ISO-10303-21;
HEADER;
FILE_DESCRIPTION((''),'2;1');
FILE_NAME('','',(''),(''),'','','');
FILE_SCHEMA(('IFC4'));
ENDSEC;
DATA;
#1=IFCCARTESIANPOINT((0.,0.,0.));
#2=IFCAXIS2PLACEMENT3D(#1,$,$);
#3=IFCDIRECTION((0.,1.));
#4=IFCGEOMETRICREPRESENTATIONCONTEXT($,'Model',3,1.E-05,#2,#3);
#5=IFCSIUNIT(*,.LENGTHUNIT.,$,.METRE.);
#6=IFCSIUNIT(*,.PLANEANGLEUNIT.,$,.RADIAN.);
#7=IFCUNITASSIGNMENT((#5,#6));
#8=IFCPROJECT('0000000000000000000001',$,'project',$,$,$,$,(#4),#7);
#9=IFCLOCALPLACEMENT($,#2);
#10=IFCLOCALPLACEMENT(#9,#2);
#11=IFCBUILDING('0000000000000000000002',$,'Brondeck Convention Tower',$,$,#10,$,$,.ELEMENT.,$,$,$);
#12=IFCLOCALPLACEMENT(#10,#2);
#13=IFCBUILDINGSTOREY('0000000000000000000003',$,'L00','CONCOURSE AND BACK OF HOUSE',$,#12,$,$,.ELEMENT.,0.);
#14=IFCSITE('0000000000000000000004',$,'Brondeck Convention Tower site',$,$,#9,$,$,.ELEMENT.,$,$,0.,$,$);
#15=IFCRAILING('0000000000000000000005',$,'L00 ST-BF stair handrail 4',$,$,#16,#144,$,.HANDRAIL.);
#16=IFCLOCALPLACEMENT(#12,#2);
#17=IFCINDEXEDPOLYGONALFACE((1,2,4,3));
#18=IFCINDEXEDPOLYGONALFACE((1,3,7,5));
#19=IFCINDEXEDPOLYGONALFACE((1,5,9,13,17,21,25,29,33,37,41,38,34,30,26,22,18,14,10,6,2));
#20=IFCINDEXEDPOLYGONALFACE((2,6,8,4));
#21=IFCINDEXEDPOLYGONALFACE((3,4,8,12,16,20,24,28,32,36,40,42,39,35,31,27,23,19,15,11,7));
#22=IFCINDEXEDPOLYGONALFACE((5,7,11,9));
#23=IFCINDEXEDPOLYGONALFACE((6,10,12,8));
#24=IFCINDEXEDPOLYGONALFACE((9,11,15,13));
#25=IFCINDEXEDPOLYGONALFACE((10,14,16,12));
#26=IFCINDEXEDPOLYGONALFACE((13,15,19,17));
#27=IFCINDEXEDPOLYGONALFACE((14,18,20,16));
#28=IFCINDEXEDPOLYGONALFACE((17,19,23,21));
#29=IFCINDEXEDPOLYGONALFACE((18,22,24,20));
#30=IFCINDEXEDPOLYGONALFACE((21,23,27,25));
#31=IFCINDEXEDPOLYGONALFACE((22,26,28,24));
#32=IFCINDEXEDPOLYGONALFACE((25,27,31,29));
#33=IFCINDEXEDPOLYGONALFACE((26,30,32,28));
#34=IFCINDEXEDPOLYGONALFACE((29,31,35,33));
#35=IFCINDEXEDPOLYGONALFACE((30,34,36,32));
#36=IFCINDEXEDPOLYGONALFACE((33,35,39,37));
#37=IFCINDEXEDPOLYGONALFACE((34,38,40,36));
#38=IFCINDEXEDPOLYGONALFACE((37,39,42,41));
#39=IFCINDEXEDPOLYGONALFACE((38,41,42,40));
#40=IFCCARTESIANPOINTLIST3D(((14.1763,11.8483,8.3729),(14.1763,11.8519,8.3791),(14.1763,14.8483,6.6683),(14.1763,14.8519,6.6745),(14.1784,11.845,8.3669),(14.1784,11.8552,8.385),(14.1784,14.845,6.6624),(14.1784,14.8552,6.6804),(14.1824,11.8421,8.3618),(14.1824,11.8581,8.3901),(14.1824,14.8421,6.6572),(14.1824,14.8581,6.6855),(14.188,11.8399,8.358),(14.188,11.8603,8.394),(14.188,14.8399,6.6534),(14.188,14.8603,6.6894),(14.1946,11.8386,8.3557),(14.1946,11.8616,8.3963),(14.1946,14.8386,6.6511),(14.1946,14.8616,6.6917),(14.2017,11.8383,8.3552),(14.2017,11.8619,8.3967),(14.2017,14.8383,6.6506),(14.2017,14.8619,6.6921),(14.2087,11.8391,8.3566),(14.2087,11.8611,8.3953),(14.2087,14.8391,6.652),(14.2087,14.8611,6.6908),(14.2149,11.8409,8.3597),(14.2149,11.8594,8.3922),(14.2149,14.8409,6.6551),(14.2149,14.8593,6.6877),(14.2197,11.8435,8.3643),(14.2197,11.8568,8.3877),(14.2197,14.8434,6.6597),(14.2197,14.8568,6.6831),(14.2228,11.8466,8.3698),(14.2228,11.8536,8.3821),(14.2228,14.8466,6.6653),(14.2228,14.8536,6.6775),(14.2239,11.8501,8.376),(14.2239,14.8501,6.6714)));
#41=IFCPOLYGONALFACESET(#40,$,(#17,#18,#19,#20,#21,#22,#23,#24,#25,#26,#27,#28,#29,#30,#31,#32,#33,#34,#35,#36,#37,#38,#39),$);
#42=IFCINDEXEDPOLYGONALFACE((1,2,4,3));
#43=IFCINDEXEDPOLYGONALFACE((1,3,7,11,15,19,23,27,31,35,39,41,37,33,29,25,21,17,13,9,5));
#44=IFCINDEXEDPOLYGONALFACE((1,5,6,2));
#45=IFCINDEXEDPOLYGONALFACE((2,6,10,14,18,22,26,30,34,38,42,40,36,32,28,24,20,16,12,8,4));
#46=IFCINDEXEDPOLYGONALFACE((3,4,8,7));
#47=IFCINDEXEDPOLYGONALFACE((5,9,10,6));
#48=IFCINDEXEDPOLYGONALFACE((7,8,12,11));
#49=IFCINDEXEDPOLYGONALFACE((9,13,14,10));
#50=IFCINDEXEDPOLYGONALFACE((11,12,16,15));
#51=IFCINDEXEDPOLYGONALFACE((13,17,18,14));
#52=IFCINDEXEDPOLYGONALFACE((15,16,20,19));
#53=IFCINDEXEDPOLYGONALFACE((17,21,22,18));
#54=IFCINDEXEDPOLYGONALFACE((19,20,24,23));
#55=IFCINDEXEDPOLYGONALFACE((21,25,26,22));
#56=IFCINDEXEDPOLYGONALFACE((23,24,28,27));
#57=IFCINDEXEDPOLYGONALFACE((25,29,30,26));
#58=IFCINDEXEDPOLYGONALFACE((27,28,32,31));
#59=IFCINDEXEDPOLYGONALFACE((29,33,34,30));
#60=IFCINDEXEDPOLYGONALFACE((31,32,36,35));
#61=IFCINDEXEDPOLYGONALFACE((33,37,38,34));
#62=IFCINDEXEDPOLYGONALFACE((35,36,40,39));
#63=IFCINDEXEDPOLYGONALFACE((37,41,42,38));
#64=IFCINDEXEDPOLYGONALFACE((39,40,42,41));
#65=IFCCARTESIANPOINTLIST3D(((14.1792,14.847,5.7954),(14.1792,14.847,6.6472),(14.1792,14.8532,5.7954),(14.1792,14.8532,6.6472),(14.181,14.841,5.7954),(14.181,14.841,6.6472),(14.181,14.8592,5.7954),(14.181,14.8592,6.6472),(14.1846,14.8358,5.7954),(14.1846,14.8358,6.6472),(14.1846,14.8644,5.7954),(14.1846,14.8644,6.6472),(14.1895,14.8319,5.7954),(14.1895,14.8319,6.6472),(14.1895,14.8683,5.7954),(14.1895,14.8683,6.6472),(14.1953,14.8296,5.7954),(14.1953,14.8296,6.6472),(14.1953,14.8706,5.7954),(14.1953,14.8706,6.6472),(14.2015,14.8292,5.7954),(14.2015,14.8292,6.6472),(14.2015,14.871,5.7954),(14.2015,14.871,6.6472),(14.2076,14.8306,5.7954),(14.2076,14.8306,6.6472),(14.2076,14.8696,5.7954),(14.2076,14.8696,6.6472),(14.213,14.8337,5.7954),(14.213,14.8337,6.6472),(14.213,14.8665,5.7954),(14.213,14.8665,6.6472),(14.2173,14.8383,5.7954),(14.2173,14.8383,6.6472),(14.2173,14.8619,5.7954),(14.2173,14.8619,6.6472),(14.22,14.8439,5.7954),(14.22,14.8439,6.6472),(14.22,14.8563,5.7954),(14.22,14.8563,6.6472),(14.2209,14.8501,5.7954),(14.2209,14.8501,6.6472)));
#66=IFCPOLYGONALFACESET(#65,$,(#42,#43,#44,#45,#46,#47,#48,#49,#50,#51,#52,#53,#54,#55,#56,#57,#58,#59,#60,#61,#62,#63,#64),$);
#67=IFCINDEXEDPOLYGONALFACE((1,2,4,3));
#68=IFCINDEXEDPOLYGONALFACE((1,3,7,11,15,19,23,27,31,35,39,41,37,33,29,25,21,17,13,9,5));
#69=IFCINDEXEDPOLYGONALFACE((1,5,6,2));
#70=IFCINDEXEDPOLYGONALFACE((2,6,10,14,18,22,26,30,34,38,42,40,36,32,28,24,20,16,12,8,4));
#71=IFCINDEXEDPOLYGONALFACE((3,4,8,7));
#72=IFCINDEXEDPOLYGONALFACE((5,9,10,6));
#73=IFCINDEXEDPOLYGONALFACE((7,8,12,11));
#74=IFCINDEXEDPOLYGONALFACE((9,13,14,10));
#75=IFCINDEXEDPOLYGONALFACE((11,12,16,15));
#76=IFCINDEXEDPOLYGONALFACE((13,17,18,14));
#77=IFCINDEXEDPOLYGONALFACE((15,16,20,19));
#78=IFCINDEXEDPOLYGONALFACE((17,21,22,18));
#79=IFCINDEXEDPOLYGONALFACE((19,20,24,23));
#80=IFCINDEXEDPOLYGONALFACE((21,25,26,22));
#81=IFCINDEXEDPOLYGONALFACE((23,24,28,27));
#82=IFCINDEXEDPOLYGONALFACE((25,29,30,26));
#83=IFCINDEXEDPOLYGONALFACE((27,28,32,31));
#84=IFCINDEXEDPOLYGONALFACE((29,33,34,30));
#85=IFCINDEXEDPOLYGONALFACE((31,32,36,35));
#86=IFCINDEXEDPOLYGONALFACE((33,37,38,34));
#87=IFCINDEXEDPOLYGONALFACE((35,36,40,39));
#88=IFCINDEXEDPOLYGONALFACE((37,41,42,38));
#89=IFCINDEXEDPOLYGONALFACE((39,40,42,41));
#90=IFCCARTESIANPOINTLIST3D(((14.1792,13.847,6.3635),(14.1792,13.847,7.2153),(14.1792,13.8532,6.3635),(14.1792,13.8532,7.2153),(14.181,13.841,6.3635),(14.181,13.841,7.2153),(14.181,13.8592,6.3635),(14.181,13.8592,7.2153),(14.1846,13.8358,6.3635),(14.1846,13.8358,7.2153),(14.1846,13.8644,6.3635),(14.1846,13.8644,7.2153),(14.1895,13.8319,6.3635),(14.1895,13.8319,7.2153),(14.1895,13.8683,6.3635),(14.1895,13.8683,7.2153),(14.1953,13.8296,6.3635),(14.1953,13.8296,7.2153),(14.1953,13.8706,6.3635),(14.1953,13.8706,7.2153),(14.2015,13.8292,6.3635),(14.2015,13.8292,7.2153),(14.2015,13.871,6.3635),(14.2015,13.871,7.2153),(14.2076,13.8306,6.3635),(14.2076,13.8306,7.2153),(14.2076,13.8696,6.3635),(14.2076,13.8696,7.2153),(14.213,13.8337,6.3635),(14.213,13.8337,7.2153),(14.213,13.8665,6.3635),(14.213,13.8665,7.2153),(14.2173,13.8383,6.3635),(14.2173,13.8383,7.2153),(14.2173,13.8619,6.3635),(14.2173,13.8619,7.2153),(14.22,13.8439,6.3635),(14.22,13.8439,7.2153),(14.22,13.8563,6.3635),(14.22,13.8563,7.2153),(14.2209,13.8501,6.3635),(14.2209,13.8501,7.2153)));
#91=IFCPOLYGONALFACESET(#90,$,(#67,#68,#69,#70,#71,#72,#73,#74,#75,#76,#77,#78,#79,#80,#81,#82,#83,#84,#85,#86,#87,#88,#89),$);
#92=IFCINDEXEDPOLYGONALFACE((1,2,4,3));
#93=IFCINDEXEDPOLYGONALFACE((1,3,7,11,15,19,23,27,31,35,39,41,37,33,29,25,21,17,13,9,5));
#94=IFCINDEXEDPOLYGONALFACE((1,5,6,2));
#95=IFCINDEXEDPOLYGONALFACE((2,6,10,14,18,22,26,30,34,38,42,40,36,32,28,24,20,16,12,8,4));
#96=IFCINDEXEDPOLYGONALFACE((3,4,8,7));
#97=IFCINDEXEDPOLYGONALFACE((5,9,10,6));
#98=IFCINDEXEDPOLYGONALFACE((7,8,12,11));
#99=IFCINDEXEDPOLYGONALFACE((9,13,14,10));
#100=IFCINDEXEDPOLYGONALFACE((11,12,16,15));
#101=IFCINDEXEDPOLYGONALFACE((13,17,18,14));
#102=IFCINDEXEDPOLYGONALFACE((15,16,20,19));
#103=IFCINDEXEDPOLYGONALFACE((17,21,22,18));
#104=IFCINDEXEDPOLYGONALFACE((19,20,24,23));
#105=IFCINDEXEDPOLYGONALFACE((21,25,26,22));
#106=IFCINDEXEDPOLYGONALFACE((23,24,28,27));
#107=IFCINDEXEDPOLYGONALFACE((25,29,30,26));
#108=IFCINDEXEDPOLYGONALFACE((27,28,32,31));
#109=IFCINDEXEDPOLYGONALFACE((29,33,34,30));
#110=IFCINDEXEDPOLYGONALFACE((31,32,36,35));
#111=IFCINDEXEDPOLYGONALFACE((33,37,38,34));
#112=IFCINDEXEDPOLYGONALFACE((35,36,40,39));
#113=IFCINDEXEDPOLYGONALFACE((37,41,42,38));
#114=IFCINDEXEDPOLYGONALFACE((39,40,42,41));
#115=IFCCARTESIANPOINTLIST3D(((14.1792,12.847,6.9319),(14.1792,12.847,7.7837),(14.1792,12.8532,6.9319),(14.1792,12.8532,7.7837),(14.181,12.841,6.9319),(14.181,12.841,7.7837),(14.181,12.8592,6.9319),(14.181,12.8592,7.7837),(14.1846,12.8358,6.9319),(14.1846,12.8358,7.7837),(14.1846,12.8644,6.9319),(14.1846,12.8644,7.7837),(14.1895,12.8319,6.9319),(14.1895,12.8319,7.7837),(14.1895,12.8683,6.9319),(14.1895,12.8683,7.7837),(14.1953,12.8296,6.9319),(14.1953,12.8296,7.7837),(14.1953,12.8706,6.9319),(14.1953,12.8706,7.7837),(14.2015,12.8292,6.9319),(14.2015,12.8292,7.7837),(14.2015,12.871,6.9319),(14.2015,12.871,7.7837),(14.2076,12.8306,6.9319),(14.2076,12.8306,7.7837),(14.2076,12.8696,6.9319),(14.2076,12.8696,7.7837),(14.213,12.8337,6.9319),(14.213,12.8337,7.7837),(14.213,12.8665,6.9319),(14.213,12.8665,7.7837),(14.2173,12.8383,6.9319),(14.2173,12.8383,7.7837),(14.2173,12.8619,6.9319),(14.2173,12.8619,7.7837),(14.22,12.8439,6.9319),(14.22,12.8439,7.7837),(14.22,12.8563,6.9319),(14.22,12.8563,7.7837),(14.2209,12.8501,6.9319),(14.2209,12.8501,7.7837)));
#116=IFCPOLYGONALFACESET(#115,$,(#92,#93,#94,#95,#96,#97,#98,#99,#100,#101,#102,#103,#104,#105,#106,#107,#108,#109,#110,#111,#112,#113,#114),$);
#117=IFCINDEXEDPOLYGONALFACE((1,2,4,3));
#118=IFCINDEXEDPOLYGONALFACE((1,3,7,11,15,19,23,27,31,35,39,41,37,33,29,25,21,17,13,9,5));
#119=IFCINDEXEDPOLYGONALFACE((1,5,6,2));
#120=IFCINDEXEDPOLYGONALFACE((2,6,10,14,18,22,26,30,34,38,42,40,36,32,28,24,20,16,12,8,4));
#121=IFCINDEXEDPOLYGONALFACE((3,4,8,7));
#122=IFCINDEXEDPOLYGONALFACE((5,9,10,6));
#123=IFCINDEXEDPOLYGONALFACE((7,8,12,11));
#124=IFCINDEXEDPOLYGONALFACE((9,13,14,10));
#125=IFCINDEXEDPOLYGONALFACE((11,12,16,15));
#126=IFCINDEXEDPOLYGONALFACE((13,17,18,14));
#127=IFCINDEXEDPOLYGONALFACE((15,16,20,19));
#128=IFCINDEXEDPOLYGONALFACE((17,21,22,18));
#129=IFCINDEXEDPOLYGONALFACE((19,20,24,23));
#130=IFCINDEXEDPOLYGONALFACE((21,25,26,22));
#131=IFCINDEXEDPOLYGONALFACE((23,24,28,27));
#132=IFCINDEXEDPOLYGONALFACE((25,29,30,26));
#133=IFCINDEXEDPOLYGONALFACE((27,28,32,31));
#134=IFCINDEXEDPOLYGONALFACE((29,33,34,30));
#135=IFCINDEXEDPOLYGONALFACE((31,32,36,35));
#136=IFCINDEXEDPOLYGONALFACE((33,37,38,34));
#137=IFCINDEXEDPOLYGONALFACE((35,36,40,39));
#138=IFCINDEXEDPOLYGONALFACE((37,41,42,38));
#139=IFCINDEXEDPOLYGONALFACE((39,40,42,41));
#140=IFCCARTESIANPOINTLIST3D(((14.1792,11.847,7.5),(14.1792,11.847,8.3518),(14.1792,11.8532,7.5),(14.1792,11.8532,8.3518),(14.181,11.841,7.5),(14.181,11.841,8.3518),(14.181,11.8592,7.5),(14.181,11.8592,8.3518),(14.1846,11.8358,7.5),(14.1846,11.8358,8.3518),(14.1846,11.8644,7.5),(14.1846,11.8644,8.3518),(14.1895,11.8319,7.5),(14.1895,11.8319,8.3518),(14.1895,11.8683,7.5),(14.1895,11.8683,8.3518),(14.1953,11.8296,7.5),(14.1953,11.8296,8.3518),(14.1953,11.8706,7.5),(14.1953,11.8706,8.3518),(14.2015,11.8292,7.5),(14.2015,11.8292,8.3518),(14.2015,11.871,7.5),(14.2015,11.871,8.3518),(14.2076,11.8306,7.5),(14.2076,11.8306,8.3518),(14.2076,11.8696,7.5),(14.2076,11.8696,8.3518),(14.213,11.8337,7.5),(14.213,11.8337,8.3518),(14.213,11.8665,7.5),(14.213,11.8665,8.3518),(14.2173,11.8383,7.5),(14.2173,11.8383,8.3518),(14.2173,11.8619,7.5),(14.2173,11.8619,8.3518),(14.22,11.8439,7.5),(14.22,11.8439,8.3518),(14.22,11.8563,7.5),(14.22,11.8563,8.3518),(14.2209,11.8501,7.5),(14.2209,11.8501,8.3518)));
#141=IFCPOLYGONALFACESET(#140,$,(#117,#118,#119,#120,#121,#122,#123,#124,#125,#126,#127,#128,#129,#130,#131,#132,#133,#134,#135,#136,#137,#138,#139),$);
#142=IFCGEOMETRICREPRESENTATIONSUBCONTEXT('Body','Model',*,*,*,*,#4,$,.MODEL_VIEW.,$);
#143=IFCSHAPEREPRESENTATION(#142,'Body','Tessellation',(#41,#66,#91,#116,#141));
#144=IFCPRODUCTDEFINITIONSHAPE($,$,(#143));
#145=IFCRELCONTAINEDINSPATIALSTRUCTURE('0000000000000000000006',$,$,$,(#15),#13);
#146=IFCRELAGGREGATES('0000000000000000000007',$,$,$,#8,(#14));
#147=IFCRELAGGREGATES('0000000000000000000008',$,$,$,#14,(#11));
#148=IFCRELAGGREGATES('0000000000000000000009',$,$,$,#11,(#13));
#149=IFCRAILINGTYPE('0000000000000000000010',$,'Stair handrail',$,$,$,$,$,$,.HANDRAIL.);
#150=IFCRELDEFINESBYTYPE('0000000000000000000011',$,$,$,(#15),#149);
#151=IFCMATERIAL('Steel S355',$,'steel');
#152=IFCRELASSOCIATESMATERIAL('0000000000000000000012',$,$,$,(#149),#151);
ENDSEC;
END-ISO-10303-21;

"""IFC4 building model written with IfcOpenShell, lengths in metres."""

from ifc_helpers import new_model, si_unit, direction, frame, origin, origin_2d, place, context, subcontext, project, spatial, circle, extrude, material, type_object, element, save


model = new_model("IFC4")

# Units and contexts
model_context = context("Model", 3, precision=1e-05, world=origin(), true_north=direction((0.0, 1.0)))
body_context = subcontext(model_context, "Body", "Model", "MODEL_VIEW")
ifc_project = project(units=[si_unit("LENGTHUNIT", "METRE"), si_unit("PLANEANGLEUNIT", "RADIAN")], contexts=[model_context])

# Site, building, storey
site_placement = place(None, origin())
site = spatial("IfcSite", under=ifc_project, at=site_placement, Name="Brondeck Convention Tower site", CompositionType="ELEMENT", RefElevation=0.0)
building_placement = place(site_placement, origin())
building = spatial("IfcBuilding", under=site, at=building_placement, Name="Brondeck Convention Tower", CompositionType="ELEMENT")
storey_placement = place(building_placement, origin())
storey = spatial("IfcBuildingStorey", under=building, at=storey_placement, Name="L00", Description="CONCOURSE AND BACK OF HOUSE", CompositionType="ELEMENT", Elevation=0.0)

# Shared definitions
ifc_material_1 = material(Name="Steel S355", Category="steel")

# Railing
railing_type = type_object("IfcRailingType", Name="Stair handrail", PredefinedType="HANDRAIL", material=ifc_material_1)
for number, where, name in (
    (1, (14.2, 14.8501, 5.7954), "L00 ST-BF stair handrail 4"),
):
    element("IfcRailing", number, at=place(storey_placement, frame(where)), inside=storey, type_object=railing_type, Name=name, PredefinedType="HANDRAIL", context=body_context, shape_type="SweptSolid", body=[
        extrude(circle(Radius=0.0239, at=origin_2d()), frame((0.0, 0.0, 0.876), z_axis=(0.0, -0.869451, 0.494019), x_axis=(1.0, 0.0, 0.0)), (0.0, 0.0, 1.0), 3.4504),
        extrude(circle(Radius=0.021, at=origin_2d()), origin(), (0.0, 0.0, 1.0), 0.8518),
        extrude(circle(Radius=0.021, at=origin_2d()), frame((0.0, -1.0, 0.5681)), (0.0, 0.0, 1.0), 0.8518),
        extrude(circle(Radius=0.021, at=origin_2d()), frame((0.0, -2.0, 1.1365)), (0.0, 0.0, 1.0), 0.8518),
        extrude(circle(Radius=0.021, at=origin_2d()), frame((0.0, -3.0, 1.7046)), (0.0, 0.0, 1.0), 0.8518),
    ])

save(model, "model.ifc")
